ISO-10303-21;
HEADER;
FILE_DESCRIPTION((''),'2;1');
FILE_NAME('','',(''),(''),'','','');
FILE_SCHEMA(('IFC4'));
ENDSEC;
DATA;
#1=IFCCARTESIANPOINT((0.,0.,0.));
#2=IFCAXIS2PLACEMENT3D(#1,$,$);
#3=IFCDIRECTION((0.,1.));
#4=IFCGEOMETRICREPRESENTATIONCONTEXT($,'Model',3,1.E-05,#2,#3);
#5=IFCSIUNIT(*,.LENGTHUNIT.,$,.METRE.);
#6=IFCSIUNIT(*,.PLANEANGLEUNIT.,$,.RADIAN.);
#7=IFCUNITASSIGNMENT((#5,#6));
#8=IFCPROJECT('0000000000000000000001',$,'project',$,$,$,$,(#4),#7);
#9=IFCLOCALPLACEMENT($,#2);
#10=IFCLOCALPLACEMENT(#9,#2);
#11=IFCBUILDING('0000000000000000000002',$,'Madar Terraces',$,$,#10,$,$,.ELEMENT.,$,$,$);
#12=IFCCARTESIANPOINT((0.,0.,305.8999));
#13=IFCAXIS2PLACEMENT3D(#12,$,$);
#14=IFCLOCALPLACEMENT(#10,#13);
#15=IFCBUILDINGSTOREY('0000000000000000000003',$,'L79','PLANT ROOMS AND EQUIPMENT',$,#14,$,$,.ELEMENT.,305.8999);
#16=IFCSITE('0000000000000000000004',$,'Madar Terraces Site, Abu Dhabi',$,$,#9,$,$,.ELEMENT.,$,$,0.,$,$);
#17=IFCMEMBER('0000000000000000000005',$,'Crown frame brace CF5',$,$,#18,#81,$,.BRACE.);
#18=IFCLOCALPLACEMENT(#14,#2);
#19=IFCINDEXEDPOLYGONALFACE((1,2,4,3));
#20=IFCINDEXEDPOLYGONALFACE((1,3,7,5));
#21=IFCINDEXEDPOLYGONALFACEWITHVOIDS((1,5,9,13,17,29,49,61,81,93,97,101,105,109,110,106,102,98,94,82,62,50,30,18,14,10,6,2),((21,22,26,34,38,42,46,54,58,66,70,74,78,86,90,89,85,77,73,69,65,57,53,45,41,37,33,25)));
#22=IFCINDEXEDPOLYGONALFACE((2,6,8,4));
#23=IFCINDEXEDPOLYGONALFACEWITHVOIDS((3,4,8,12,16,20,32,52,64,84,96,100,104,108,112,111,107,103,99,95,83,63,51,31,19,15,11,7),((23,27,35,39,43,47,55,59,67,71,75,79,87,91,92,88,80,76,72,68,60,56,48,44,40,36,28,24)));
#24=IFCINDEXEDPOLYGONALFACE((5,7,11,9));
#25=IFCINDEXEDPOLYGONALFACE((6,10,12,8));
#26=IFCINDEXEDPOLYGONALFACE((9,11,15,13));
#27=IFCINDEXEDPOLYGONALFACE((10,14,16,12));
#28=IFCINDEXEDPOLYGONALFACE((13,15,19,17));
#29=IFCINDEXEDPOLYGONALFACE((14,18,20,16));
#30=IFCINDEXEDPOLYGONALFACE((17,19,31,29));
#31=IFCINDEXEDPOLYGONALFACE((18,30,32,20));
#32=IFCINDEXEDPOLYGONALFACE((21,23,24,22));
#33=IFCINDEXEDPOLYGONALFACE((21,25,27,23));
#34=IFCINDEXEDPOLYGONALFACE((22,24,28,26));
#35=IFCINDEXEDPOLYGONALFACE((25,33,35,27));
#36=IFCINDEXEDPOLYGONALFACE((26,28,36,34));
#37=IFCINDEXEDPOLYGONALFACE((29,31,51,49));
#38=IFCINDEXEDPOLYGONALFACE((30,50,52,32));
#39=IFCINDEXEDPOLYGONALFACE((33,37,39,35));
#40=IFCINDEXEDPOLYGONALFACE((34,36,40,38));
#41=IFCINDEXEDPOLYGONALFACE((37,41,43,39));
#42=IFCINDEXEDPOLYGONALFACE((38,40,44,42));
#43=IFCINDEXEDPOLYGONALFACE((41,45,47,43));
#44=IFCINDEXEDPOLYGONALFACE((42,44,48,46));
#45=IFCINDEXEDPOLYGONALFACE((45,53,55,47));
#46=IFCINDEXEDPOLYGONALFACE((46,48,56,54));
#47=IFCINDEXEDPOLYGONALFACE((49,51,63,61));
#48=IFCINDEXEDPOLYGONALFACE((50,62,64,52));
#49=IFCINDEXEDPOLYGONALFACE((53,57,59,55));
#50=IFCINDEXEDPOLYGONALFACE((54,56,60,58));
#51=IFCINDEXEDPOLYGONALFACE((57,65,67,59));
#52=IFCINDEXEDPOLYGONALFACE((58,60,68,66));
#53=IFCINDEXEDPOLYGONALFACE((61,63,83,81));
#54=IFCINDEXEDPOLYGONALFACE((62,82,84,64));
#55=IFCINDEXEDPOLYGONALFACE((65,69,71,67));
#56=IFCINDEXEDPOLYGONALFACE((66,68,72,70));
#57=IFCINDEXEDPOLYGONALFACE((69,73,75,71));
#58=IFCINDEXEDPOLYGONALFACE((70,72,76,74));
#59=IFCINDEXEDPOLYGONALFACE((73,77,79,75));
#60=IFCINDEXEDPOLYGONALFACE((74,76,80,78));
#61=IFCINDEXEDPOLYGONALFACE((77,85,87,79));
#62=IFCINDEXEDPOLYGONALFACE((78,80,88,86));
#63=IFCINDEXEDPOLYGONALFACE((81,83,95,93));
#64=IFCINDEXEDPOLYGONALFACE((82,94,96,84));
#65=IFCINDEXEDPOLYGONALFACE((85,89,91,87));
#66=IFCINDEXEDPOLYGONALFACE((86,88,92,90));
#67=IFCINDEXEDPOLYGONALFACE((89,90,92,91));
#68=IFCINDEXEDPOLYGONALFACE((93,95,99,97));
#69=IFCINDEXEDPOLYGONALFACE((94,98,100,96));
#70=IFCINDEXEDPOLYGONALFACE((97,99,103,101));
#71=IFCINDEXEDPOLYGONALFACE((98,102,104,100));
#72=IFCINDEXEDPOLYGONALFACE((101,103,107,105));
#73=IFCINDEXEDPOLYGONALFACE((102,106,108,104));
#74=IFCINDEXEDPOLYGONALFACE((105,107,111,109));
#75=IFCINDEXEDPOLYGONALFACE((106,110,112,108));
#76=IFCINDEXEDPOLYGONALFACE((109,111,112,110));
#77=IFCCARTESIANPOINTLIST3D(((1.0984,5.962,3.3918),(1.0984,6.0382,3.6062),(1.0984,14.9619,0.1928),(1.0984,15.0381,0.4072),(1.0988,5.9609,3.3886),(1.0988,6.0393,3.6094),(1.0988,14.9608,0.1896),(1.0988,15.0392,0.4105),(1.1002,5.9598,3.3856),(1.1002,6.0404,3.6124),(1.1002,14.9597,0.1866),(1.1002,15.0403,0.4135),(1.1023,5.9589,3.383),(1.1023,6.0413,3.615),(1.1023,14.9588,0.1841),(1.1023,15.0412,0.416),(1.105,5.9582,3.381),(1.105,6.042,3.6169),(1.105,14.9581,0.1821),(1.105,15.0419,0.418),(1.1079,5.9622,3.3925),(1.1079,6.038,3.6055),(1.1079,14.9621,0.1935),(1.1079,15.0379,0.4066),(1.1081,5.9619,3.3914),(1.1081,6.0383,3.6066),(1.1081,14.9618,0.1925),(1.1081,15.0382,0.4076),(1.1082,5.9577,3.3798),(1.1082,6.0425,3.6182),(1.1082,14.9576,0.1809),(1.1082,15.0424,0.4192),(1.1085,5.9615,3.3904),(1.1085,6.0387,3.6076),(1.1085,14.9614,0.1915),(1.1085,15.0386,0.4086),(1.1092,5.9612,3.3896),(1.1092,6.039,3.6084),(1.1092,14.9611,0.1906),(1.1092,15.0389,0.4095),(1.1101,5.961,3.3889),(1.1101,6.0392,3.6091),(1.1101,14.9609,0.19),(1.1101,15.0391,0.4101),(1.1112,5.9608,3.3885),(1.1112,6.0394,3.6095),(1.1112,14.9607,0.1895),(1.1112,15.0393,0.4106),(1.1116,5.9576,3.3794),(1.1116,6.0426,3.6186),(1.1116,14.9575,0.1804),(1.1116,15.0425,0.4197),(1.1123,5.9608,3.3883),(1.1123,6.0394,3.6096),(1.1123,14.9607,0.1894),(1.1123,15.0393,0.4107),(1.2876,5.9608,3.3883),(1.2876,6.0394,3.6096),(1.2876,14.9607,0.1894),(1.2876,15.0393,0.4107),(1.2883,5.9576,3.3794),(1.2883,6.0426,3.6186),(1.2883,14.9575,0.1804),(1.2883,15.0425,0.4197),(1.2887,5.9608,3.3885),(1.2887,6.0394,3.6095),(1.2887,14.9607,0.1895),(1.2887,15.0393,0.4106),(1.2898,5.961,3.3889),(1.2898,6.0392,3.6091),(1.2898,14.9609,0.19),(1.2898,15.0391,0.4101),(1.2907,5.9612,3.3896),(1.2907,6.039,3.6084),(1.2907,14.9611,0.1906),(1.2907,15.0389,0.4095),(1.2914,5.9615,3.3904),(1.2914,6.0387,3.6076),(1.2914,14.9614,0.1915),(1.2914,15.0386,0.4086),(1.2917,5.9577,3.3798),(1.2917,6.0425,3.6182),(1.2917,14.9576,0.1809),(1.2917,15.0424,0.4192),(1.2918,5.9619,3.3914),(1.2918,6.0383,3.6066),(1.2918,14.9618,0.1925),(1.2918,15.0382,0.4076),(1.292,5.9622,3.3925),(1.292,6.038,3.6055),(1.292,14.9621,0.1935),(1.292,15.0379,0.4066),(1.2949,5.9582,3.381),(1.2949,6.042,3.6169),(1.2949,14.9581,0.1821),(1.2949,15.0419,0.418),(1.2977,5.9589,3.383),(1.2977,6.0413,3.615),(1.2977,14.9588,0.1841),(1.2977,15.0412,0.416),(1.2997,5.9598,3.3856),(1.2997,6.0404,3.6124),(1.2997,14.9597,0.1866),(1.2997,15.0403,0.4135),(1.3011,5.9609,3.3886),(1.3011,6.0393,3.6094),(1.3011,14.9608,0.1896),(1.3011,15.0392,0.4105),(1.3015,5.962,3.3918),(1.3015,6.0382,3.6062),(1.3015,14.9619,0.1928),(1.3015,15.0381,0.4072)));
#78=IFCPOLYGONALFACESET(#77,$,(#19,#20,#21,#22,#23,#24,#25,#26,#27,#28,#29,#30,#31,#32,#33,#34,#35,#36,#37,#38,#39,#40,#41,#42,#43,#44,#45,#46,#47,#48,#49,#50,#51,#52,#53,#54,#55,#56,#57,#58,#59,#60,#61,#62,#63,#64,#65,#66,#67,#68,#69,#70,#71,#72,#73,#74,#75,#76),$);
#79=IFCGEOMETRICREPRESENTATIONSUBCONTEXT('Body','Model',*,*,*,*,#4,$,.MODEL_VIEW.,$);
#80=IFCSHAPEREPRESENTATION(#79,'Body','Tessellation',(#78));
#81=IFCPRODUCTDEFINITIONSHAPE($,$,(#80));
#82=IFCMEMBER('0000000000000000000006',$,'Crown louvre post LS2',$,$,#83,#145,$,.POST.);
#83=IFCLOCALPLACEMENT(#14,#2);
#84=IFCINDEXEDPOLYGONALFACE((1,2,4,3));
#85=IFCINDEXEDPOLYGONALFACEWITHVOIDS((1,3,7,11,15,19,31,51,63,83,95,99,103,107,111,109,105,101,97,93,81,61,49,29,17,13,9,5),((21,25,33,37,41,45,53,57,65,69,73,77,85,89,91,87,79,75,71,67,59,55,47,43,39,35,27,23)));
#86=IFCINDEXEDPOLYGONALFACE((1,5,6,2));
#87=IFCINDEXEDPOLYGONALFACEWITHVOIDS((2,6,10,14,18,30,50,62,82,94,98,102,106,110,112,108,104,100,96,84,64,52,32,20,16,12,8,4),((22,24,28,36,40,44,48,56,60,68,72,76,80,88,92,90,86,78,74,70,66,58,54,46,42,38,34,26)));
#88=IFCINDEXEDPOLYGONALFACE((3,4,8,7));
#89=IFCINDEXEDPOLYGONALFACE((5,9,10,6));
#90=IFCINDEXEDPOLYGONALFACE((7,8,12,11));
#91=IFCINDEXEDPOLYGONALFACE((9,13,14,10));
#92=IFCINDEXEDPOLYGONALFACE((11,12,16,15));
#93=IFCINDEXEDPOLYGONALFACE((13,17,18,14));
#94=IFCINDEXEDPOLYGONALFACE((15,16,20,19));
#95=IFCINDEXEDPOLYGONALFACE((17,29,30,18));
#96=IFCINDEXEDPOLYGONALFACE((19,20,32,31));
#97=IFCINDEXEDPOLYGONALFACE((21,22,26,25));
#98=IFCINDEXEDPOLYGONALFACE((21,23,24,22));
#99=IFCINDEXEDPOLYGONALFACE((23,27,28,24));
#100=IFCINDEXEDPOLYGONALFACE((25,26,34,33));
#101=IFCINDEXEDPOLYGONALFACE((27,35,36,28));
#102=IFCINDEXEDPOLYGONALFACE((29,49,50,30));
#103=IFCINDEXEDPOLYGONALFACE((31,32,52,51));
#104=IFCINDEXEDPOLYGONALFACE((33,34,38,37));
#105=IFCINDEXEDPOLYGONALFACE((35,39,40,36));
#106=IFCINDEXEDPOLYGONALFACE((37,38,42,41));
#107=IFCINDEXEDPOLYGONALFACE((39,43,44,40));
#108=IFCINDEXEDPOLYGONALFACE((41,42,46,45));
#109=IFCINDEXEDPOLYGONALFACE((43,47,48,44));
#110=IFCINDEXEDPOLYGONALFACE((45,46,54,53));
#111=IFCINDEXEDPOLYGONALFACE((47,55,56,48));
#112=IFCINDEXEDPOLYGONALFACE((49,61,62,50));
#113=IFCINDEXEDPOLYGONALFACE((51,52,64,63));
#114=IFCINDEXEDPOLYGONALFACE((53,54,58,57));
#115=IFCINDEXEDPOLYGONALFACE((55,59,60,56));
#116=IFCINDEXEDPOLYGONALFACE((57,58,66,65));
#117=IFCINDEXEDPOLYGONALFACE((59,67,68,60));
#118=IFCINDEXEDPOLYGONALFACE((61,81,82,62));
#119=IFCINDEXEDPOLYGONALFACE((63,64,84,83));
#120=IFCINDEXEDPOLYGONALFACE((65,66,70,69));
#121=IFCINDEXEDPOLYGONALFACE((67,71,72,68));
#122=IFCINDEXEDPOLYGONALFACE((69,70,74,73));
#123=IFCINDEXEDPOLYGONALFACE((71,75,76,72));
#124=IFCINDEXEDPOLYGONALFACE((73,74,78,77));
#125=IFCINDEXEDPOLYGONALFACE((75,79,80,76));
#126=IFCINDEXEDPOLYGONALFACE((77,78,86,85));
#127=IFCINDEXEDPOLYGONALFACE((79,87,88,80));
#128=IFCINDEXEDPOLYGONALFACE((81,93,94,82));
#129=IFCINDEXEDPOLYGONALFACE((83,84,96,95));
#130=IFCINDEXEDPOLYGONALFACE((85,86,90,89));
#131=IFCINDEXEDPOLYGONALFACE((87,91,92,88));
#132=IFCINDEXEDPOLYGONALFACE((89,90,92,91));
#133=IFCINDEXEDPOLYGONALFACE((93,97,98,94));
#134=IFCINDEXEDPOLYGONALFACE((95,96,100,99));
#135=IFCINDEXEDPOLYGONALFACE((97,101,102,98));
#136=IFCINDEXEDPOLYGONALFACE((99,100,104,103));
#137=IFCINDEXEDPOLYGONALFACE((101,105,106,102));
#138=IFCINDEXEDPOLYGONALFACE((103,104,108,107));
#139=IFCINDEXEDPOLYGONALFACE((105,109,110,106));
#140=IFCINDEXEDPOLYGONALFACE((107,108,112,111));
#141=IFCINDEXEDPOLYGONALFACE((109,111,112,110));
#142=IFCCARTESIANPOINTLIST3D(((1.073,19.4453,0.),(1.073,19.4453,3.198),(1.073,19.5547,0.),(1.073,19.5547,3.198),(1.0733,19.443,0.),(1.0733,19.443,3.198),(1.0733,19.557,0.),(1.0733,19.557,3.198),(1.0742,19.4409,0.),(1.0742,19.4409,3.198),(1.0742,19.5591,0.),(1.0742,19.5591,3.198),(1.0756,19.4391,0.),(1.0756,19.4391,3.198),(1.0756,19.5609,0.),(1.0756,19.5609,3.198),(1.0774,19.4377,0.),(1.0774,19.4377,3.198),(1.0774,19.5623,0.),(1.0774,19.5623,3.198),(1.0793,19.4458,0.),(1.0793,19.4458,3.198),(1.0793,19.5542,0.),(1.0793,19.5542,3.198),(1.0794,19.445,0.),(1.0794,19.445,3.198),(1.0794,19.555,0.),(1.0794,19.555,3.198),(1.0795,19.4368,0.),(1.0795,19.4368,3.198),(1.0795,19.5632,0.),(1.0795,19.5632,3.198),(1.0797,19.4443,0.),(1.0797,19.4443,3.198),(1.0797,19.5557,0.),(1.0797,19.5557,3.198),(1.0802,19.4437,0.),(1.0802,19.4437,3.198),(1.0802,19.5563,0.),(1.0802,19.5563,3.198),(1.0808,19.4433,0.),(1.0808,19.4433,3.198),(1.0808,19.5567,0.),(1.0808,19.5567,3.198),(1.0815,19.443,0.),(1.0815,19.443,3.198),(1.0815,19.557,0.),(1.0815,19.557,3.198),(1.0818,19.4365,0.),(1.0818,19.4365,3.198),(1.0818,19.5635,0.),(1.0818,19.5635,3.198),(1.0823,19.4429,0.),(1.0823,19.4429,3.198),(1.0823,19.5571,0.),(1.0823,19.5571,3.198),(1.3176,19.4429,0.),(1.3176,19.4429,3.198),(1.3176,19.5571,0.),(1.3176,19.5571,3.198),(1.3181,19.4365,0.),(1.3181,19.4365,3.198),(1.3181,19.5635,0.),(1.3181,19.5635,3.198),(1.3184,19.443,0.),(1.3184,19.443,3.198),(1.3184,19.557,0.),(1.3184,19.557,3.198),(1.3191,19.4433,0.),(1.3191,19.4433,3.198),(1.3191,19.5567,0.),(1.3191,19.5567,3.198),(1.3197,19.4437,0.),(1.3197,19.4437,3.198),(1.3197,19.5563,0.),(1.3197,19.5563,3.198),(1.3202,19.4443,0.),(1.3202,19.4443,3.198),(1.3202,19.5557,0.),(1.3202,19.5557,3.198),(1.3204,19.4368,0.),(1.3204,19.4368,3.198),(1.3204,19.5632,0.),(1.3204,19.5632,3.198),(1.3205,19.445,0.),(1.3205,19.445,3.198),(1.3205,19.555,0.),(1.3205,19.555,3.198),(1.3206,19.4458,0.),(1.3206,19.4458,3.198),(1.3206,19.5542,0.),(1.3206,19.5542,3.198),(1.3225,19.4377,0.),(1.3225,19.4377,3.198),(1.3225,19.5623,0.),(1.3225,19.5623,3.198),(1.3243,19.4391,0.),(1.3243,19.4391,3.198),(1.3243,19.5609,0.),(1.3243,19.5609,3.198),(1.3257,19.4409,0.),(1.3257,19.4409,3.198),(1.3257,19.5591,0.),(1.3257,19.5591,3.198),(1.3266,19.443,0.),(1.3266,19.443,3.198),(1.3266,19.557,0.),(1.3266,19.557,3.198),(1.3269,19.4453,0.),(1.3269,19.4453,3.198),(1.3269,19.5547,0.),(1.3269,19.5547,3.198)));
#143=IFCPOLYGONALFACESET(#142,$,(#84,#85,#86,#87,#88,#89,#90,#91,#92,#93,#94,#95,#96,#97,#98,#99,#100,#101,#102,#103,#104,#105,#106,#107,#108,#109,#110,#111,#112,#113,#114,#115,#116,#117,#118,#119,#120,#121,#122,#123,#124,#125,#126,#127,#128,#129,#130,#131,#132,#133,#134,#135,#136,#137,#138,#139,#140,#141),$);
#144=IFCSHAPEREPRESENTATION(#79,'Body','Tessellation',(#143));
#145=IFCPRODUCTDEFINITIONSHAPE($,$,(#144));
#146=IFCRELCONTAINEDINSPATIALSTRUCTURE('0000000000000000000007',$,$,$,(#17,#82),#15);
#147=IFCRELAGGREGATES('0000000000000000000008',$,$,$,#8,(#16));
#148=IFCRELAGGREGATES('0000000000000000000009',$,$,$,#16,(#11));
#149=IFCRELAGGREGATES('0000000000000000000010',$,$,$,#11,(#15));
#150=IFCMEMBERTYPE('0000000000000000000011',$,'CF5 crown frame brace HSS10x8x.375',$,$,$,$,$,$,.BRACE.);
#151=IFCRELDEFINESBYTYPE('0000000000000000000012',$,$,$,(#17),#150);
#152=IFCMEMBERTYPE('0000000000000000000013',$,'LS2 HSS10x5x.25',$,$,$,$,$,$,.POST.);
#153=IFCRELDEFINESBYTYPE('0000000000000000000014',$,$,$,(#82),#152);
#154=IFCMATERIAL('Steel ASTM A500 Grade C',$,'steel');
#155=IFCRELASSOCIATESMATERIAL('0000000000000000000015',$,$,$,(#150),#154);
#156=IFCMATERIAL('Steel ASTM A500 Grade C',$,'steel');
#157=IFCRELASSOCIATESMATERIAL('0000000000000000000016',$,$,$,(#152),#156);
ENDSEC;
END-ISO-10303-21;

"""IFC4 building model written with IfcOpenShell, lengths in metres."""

from ifc_helpers import new_model, si_unit, direction, frame, origin, origin_2d, place, context, subcontext, project, spatial, hollow_rectangle, extrude, material, material_profile, profile_set, type_object, element, save


model = new_model("IFC4")

# Units and contexts
model_context = context("Model", 3, precision=1e-05, world=origin(), true_north=direction((0.0, 1.0)))
body_context = subcontext(model_context, "Body", "Model", "MODEL_VIEW")
ifc_project = project(units=[si_unit("LENGTHUNIT", "METRE"), si_unit("PLANEANGLEUNIT", "RADIAN")], contexts=[model_context])

# Site, building, storey
site_placement = place(None, origin())
site = spatial("IfcSite", under=ifc_project, at=site_placement, Name="Madar Terraces Site, Abu Dhabi", CompositionType="ELEMENT", RefElevation=0.0)
building_placement = place(site_placement, origin())
building = spatial("IfcBuilding", under=site, at=building_placement, Name="Madar Terraces", CompositionType="ELEMENT")
storey_placement = place(building_placement, frame((0.0, 0.0, 305.8999)))
storey = spatial("IfcBuildingStorey", under=building, at=storey_placement, Name="L79", Description="PLANT ROOMS AND EQUIPMENT", CompositionType="ELEMENT", Elevation=305.8999)

# Members
ifc_material_1 = material(Name="Steel ASTM A500 Grade C", Category="steel")
ifc_material_profile_1 = material_profile(ifc_material_1, hollow_rectangle(XDim=0.2031, YDim=0.2539, WallThickness=0.0095, InnerFilletRadius=0.0044, OuterFilletRadius=0.0132, at=origin_2d()), Name="HSS10x8x.375")
ifc_profile_set_1 = profile_set([ifc_material_profile_1], Name="Steel ASTM A500 Grade C")
member_type_1 = type_object("IfcMemberType", Name="CF5 crown frame brace HSS10x8x.375", PredefinedType="BRACE", material=ifc_profile_set_1)
member_1_placement = place(storey_placement, frame((1.2, 15.0, 0.3), z_axis=(0.0, -0.942249, 0.334914), x_axis=(1.0, 0.0, 0.0)))
element("IfcMember", 1, at=member_1_placement, inside=storey, type_object=member_type_1, Name="Crown frame brace CF5", PredefinedType="BRACE", context=body_context, shape_type="SweptSolid", body=[
    extrude(hollow_rectangle(XDim=0.2031, YDim=0.2539, WallThickness=0.0095, InnerFilletRadius=0.0044, OuterFilletRadius=0.0132, at=origin_2d()), origin(), (0.0, 0.0, 1.0), 9.5515),
])
ifc_material_2 = material(Name="Steel ASTM A500 Grade C", Category="steel")
ifc_material_profile_2 = material_profile(ifc_material_2, hollow_rectangle(XDim=0.127, YDim=0.2539, WallThickness=0.0063, InnerFilletRadius=0.0029, OuterFilletRadius=0.0088, at=origin_2d()), Name="HSS10x5x.25")
ifc_profile_set_2 = profile_set([ifc_material_profile_2], Name="Steel ASTM A500 Grade C")
member_type_2 = type_object("IfcMemberType", Name="LS2 HSS10x5x.25", PredefinedType="POST", material=ifc_profile_set_2)
member_2_placement = place(storey_placement, frame((1.2, 19.5, 0.0), z_axis=(0.0, 0.0, 1.0), x_axis=(0.0, -1.0, 0.0)))
element("IfcMember", 2, at=member_2_placement, inside=storey, type_object=member_type_2, Name="Crown louvre post LS2", PredefinedType="POST", context=body_context, shape_type="SweptSolid", body=[
    extrude(hollow_rectangle(XDim=0.127, YDim=0.2539, WallThickness=0.0063, InnerFilletRadius=0.0029, OuterFilletRadius=0.0088, at=origin_2d()), origin(), (0.0, 0.0, 1.0), 3.198),
])

save(model, "model.ifc")
